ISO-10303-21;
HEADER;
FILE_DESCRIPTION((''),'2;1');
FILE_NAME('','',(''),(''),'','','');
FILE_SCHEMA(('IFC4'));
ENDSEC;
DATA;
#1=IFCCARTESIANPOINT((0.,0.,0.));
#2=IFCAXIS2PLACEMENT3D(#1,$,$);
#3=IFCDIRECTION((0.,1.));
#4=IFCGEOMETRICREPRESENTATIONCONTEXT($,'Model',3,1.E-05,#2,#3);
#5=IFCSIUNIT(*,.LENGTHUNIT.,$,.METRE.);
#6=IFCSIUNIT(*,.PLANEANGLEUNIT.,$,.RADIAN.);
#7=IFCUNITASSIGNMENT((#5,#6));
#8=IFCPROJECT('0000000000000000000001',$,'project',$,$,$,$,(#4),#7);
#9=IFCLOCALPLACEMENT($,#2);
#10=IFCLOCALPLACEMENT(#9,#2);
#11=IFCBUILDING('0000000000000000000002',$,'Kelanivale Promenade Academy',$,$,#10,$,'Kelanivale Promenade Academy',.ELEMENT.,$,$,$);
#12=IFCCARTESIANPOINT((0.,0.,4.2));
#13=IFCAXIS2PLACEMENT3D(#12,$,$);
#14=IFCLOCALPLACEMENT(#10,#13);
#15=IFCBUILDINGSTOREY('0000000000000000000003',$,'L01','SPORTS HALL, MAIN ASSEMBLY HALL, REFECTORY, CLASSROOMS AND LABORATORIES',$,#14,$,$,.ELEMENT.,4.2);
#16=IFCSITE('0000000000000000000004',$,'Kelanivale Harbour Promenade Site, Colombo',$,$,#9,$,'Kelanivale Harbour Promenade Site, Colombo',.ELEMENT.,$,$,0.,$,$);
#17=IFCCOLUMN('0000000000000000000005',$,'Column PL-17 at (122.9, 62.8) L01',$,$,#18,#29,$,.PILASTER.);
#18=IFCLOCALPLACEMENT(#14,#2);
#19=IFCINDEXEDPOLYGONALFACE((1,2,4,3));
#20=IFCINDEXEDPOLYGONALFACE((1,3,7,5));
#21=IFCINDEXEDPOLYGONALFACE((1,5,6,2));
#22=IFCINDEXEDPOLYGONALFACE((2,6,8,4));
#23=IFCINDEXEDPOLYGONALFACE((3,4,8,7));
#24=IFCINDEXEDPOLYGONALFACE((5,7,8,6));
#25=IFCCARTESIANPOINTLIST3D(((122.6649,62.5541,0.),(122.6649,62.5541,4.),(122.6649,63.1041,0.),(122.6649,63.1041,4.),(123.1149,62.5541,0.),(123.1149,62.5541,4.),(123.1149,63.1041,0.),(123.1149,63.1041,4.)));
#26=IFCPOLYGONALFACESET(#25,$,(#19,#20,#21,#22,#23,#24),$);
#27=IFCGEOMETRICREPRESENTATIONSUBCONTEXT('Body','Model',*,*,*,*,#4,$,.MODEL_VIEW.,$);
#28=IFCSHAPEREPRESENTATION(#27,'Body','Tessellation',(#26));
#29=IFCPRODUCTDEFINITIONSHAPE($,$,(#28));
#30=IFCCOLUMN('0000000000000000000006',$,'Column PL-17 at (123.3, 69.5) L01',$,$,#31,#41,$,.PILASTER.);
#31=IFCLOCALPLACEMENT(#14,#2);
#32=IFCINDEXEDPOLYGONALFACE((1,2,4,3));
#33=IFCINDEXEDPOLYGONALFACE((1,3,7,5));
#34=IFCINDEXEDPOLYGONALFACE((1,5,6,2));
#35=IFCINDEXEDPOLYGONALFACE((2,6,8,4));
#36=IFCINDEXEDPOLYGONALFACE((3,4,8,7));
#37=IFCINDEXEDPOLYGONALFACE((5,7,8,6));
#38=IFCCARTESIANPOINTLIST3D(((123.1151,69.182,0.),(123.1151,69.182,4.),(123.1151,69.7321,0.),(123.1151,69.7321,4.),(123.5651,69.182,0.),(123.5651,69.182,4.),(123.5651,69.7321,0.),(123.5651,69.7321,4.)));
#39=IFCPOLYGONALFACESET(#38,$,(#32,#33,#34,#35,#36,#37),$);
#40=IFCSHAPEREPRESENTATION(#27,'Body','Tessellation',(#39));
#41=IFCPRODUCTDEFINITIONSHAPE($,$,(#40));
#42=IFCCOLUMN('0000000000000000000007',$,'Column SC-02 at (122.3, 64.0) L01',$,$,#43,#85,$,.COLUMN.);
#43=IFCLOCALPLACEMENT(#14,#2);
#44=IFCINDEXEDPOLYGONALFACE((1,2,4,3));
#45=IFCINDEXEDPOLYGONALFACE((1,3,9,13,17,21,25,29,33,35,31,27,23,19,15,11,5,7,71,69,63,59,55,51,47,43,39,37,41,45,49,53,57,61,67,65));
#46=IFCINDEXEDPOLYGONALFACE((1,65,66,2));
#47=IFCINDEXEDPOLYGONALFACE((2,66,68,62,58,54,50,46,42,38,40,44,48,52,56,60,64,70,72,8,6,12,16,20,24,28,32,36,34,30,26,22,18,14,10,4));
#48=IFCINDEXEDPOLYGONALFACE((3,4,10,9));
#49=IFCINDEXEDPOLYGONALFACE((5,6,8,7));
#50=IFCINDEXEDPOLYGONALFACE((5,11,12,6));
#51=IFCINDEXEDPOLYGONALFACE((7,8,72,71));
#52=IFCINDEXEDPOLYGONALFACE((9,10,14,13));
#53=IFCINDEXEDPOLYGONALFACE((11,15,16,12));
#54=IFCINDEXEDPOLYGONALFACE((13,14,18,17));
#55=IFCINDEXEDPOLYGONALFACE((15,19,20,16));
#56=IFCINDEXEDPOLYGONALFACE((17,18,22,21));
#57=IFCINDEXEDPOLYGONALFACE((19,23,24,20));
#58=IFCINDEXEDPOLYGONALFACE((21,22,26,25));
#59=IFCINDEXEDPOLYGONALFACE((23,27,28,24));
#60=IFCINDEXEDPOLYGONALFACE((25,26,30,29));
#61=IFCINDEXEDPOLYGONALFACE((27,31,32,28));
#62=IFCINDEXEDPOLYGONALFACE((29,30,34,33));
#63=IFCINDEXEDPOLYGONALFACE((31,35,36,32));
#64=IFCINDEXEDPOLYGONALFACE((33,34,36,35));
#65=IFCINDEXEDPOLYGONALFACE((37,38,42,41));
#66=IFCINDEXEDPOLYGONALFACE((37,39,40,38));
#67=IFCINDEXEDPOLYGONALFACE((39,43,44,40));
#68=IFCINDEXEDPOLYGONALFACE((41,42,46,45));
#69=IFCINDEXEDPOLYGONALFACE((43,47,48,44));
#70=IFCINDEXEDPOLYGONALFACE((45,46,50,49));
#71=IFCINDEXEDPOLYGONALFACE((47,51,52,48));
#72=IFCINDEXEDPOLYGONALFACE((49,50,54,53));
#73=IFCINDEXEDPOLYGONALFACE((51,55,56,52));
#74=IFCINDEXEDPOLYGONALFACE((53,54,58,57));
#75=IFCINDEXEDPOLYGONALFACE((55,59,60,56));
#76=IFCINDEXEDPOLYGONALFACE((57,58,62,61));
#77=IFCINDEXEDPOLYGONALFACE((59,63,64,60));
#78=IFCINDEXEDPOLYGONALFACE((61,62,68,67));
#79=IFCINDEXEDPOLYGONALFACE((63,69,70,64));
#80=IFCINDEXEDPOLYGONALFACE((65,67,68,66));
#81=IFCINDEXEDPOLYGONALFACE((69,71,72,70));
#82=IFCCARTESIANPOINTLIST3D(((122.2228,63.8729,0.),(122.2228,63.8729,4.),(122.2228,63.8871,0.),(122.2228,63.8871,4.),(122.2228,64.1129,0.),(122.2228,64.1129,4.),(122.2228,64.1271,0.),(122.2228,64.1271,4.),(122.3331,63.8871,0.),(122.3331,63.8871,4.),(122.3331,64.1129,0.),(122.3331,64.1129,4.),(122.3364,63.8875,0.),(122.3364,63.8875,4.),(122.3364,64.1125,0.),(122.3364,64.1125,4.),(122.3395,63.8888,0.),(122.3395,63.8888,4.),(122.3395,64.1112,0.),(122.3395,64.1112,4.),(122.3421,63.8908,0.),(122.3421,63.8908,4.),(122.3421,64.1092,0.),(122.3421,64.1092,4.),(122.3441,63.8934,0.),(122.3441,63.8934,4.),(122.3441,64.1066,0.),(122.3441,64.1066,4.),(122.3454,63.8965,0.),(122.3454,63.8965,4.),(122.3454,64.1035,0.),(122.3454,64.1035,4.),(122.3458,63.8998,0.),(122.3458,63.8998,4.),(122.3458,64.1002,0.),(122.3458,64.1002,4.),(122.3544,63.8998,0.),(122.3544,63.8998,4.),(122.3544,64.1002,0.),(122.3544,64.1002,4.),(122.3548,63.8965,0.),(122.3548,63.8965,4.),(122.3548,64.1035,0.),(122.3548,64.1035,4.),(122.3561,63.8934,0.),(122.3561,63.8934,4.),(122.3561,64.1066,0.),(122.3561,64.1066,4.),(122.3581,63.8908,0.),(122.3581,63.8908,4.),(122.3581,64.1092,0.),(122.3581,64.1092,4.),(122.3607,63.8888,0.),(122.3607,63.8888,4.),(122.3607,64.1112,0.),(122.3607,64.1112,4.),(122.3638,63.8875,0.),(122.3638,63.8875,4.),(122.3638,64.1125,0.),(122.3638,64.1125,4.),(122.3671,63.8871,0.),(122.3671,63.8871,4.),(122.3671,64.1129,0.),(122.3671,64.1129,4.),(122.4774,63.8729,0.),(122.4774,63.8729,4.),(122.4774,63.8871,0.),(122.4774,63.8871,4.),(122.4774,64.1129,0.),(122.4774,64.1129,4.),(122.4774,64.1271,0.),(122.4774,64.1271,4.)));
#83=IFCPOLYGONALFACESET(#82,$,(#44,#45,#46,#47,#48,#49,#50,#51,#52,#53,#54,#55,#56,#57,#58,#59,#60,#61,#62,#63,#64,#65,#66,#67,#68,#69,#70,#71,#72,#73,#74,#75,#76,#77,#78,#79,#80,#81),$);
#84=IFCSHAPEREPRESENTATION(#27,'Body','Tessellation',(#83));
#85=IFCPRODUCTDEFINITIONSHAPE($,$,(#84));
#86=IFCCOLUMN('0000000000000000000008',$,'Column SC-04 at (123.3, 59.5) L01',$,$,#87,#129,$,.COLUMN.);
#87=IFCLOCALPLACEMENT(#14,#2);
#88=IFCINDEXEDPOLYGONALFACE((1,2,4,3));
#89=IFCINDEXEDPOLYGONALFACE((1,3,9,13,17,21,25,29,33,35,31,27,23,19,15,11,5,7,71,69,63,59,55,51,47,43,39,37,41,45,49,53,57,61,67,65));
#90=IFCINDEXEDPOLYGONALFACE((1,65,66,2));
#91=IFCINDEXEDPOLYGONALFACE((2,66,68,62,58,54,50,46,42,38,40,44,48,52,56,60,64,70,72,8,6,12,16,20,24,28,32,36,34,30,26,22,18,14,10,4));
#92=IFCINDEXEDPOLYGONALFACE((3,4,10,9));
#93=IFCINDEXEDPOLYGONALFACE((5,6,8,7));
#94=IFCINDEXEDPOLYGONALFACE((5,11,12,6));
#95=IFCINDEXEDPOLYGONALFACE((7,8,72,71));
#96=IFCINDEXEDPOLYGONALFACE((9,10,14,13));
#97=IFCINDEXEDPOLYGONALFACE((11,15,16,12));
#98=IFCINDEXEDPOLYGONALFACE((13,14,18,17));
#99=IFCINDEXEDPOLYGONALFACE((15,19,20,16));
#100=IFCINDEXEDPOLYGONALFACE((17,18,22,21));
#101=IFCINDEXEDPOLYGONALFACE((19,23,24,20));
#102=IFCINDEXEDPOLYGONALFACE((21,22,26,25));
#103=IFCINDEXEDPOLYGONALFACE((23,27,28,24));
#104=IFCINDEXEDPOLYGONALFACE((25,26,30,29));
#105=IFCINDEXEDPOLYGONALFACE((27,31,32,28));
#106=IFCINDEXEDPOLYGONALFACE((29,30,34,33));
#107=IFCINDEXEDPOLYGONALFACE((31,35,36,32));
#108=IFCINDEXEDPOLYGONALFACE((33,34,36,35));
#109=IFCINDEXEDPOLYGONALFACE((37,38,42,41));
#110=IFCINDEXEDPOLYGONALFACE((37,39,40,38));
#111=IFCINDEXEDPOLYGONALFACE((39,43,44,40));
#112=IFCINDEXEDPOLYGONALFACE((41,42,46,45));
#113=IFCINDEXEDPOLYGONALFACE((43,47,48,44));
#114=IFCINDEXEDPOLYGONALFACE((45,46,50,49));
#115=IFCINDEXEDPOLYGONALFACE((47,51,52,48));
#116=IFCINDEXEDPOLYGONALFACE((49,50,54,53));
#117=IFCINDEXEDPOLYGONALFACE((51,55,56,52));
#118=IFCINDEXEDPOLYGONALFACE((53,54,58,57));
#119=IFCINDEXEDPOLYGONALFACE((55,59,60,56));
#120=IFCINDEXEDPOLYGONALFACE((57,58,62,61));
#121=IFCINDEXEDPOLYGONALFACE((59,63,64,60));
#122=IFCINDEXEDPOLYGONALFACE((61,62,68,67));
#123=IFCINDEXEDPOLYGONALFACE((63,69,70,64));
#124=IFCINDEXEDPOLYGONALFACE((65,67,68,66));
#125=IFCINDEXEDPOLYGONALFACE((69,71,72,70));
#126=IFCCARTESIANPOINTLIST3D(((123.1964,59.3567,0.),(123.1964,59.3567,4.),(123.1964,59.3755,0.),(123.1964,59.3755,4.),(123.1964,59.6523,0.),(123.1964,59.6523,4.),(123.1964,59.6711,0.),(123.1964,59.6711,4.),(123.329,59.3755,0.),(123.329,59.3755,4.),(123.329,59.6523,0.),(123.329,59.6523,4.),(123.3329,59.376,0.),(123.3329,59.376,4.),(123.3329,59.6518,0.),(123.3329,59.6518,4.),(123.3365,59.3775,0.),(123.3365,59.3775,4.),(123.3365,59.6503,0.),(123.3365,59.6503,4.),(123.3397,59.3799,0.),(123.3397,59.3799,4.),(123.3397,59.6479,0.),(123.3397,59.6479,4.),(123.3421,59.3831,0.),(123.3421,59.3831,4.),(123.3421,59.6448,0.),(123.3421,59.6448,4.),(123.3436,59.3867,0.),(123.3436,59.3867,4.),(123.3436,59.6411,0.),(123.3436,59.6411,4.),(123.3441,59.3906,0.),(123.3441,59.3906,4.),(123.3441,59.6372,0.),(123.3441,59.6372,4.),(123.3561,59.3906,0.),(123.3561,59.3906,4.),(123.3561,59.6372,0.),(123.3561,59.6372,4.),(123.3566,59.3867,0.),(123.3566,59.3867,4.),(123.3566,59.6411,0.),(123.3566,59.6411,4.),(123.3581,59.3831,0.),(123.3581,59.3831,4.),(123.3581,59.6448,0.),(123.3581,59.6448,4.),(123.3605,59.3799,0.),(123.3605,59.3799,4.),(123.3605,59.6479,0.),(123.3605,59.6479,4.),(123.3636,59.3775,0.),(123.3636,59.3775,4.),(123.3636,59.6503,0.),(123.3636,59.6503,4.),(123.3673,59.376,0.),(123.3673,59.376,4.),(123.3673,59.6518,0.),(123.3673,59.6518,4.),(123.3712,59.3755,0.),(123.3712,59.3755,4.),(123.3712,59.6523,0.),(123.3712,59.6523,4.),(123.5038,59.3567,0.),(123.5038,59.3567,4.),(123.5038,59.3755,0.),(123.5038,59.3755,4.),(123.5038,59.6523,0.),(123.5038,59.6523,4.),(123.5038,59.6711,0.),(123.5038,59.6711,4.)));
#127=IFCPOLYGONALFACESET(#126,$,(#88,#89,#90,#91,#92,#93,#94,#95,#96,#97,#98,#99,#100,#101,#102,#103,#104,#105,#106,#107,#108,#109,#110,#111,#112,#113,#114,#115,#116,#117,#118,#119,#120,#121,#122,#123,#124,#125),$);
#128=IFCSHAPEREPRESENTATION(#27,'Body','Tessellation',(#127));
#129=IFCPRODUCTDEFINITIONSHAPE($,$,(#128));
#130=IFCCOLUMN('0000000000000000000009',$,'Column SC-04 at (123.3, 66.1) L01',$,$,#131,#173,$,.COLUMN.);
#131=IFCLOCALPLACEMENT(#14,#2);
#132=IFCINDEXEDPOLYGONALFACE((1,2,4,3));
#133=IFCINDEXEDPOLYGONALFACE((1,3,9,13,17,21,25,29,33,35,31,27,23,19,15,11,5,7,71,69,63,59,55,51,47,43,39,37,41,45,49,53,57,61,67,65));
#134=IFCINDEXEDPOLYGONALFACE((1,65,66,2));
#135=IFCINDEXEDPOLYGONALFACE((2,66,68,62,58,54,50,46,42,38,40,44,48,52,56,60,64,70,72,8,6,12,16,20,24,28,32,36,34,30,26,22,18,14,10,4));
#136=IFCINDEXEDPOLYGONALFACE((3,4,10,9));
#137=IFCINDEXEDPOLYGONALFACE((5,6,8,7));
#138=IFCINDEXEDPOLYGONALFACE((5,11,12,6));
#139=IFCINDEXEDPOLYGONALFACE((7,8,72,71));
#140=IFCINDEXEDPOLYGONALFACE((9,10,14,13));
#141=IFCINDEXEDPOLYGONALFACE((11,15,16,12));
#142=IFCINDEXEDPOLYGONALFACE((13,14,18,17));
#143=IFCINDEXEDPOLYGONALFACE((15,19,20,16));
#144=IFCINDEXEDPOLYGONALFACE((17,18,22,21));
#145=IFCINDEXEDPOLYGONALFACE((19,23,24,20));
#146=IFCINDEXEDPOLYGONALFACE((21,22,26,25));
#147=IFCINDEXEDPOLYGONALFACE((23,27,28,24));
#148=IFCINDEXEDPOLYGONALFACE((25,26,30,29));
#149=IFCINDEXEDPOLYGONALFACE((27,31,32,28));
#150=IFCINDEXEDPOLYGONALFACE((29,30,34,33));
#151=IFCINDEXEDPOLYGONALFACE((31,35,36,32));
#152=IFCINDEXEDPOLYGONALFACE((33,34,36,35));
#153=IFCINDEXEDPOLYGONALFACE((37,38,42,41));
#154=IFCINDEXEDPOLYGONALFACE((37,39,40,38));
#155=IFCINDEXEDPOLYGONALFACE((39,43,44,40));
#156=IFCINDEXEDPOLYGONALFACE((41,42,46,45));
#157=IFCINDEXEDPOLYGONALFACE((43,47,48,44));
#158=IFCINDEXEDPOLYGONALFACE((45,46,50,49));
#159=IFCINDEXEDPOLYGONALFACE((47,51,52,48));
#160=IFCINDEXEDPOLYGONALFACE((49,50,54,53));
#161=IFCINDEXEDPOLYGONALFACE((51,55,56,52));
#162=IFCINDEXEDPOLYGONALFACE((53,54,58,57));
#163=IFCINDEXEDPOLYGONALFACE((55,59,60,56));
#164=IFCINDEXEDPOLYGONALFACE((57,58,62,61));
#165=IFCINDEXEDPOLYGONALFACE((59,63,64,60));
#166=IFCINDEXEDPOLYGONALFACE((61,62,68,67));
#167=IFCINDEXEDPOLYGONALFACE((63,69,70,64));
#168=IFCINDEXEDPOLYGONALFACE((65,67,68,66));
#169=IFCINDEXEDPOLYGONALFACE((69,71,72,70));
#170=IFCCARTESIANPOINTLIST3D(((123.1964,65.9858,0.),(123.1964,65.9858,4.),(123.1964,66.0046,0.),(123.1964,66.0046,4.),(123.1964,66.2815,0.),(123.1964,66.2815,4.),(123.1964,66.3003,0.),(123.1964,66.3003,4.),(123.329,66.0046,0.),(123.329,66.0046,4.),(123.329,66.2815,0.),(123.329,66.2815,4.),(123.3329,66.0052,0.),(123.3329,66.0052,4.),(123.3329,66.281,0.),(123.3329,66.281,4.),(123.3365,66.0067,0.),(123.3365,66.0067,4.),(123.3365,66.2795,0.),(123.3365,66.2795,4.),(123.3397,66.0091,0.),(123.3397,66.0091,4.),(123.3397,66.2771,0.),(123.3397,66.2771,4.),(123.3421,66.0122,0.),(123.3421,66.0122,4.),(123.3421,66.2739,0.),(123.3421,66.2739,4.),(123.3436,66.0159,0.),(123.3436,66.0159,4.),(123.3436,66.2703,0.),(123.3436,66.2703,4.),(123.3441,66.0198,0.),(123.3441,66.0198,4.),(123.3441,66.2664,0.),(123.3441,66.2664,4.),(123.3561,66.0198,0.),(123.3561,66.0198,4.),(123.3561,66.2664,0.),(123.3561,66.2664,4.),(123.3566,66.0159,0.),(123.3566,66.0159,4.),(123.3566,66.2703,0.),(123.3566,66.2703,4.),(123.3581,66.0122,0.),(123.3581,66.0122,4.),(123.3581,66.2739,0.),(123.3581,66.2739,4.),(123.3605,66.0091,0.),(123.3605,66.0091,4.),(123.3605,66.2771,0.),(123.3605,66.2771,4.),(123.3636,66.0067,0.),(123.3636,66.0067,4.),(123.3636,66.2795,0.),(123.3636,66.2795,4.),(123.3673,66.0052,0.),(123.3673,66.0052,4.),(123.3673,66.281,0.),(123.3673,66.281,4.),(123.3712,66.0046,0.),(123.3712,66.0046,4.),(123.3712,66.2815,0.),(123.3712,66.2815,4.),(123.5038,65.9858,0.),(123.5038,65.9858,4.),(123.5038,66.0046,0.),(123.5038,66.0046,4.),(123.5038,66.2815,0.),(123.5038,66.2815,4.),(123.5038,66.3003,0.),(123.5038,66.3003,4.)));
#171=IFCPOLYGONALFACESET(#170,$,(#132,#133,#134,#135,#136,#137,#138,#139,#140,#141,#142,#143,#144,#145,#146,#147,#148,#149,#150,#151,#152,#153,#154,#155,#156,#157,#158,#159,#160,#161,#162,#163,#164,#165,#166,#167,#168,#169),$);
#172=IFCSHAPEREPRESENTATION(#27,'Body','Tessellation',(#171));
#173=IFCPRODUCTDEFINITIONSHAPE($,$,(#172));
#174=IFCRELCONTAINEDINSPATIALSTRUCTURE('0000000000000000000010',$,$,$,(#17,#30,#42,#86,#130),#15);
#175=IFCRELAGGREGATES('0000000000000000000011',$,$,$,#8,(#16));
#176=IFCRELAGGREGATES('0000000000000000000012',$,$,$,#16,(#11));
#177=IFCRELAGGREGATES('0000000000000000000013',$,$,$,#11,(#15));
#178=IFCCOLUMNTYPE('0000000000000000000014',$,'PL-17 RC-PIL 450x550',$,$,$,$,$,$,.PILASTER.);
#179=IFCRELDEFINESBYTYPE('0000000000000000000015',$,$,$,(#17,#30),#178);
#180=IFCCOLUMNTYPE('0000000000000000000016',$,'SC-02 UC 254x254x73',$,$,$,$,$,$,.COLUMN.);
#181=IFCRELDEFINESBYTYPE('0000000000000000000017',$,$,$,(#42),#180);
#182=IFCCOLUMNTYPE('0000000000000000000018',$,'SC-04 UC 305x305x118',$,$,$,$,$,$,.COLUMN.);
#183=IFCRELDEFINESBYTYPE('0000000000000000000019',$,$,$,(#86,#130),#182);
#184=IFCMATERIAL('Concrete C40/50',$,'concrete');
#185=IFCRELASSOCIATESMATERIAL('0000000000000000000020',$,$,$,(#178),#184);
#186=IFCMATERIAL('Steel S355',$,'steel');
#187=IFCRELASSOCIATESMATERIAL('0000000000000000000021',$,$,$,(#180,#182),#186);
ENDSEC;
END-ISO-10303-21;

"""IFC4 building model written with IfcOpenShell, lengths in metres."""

from ifc_helpers import new_model, si_unit, direction, frame, origin, origin_2d, place, context, subcontext, project, spatial, rectangle, i_section, extrude, material, material_profile, profile_set, type_object, element, save


model = new_model("IFC4")

# Units and contexts
model_context = context("Model", 3, precision=1e-05, world=origin(), true_north=direction((0.0, 1.0)))
body_context = subcontext(model_context, "Body", "Model", "MODEL_VIEW")
ifc_project = project(units=[si_unit("LENGTHUNIT", "METRE"), si_unit("PLANEANGLEUNIT", "RADIAN")], contexts=[model_context])

# Site, building, storey
site_placement = place(None, origin())
site = spatial("IfcSite", under=ifc_project, at=site_placement, Name="Kelanivale Harbour Promenade Site, Colombo", LongName="Kelanivale Harbour Promenade Site, Colombo", CompositionType="ELEMENT", RefElevation=0.0)
building_placement = place(site_placement, origin())
building = spatial("IfcBuilding", under=site, at=building_placement, Name="Kelanivale Promenade Academy", LongName="Kelanivale Promenade Academy", CompositionType="ELEMENT")
storey_placement = place(building_placement, frame((0.0, 0.0, 4.2)))
storey = spatial("IfcBuildingStorey", under=building, at=storey_placement, Name="L01", Description="SPORTS HALL, MAIN ASSEMBLY HALL, REFECTORY, CLASSROOMS AND LABORATORIES", CompositionType="ELEMENT", Elevation=4.2)

# Columns
ifc_material_1 = material(Name="Concrete C40/50", Category="concrete")
ifc_material_profile_1 = material_profile(ifc_material_1, rectangle(XDim=0.45, YDim=0.55, at=origin_2d()), Name="RC-PIL 450x550")
ifc_profile_set_1 = profile_set([ifc_material_profile_1], Name="Concrete C40/50")
column_type_1 = type_object("IfcColumnType", Name="PL-17 RC-PIL 450x550", PredefinedType="PILASTER", material=ifc_profile_set_1)
for number, where, z_axis, x_axis, name in (
    (1, (122.8899, 62.8291, 0.0), (0.0, 0.0, 1.0), (1.0, 0.0, 0.0), "Column PL-17 at (122.9, 62.8) L01"),
    (2, (123.3401, 69.457, 0.0), (0.0, 0.0, 1.0), (1.0, 0.0, 0.0), "Column PL-17 at (123.3, 69.5) L01"),
):
    element("IfcColumn", number, at=place(storey_placement, frame(where, z_axis=z_axis, x_axis=x_axis)), inside=storey, type_object=column_type_1, Name=name, PredefinedType="PILASTER", context=body_context, shape_type="SweptSolid", body=[
        extrude(rectangle(XDim=0.45, YDim=0.55, at=origin_2d()), origin(), (0.0, 0.0, 1.0), 4.0),
    ])
ifc_material_2 = material(Name="Steel S355", Category="steel")
ifc_material_profile_2 = material_profile(ifc_material_2, i_section(OverallWidth=0.2546, OverallDepth=0.2542, WebThickness=0.0085, FlangeThickness=0.0142, FilletRadius=0.0127, at=origin_2d()), Name="UC 254x254x73")
ifc_profile_set_2 = profile_set([ifc_material_profile_2], Name="Steel S355")
column_type_2 = type_object("IfcColumnType", Name="SC-02 UC 254x254x73", PredefinedType="COLUMN", material=ifc_profile_set_2)
column_placement = place(storey_placement, frame((122.3501, 64.0, 0.0), z_axis=(0.0, 0.0, 1.0), x_axis=(1.0, 0.0, 0.0)))
element("IfcColumn", 3, at=column_placement, inside=storey, type_object=column_type_2, Name="Column SC-02 at (122.3, 64.0) L01", PredefinedType="COLUMN", context=body_context, shape_type="SweptSolid", body=[
    extrude(i_section(OverallWidth=0.2546, OverallDepth=0.2542, WebThickness=0.0085, FlangeThickness=0.0142, FilletRadius=0.0127, at=origin_2d()), origin(), (0.0, 0.0, 1.0), 4.0),
])
ifc_material_profile_3 = material_profile(ifc_material_2, i_section(OverallWidth=0.3074, OverallDepth=0.3145, WebThickness=0.012, FlangeThickness=0.0188, FilletRadius=0.0151, at=origin_2d()), Name="UC 305x305x118")
ifc_profile_set_3 = profile_set([ifc_material_profile_3], Name="Steel S355")
column_type_3 = type_object("IfcColumnType", Name="SC-04 UC 305x305x118", PredefinedType="COLUMN", material=ifc_profile_set_3)
for number, where, z_axis, x_axis, name in (
    (4, (123.3501, 59.5139, 0.0), (0.0, 0.0, 1.0), (1.0, 0.0, 0.0), "Column SC-04 at (123.3, 59.5) L01"),
    (5, (123.3501, 66.1431, 0.0), (0.0, 0.0, 1.0), (1.0, 0.0, 0.0), "Column SC-04 at (123.3, 66.1) L01"),
):
    element("IfcColumn", number, at=place(storey_placement, frame(where, z_axis=z_axis, x_axis=x_axis)), inside=storey, type_object=column_type_3, Name=name, PredefinedType="COLUMN", context=body_context, shape_type="SweptSolid", body=[
        extrude(i_section(OverallWidth=0.3074, OverallDepth=0.3145, WebThickness=0.012, FlangeThickness=0.0188, FilletRadius=0.0151, at=origin_2d()), origin(), (0.0, 0.0, 1.0), 4.0),
    ])

save(model, "model.ifc")
